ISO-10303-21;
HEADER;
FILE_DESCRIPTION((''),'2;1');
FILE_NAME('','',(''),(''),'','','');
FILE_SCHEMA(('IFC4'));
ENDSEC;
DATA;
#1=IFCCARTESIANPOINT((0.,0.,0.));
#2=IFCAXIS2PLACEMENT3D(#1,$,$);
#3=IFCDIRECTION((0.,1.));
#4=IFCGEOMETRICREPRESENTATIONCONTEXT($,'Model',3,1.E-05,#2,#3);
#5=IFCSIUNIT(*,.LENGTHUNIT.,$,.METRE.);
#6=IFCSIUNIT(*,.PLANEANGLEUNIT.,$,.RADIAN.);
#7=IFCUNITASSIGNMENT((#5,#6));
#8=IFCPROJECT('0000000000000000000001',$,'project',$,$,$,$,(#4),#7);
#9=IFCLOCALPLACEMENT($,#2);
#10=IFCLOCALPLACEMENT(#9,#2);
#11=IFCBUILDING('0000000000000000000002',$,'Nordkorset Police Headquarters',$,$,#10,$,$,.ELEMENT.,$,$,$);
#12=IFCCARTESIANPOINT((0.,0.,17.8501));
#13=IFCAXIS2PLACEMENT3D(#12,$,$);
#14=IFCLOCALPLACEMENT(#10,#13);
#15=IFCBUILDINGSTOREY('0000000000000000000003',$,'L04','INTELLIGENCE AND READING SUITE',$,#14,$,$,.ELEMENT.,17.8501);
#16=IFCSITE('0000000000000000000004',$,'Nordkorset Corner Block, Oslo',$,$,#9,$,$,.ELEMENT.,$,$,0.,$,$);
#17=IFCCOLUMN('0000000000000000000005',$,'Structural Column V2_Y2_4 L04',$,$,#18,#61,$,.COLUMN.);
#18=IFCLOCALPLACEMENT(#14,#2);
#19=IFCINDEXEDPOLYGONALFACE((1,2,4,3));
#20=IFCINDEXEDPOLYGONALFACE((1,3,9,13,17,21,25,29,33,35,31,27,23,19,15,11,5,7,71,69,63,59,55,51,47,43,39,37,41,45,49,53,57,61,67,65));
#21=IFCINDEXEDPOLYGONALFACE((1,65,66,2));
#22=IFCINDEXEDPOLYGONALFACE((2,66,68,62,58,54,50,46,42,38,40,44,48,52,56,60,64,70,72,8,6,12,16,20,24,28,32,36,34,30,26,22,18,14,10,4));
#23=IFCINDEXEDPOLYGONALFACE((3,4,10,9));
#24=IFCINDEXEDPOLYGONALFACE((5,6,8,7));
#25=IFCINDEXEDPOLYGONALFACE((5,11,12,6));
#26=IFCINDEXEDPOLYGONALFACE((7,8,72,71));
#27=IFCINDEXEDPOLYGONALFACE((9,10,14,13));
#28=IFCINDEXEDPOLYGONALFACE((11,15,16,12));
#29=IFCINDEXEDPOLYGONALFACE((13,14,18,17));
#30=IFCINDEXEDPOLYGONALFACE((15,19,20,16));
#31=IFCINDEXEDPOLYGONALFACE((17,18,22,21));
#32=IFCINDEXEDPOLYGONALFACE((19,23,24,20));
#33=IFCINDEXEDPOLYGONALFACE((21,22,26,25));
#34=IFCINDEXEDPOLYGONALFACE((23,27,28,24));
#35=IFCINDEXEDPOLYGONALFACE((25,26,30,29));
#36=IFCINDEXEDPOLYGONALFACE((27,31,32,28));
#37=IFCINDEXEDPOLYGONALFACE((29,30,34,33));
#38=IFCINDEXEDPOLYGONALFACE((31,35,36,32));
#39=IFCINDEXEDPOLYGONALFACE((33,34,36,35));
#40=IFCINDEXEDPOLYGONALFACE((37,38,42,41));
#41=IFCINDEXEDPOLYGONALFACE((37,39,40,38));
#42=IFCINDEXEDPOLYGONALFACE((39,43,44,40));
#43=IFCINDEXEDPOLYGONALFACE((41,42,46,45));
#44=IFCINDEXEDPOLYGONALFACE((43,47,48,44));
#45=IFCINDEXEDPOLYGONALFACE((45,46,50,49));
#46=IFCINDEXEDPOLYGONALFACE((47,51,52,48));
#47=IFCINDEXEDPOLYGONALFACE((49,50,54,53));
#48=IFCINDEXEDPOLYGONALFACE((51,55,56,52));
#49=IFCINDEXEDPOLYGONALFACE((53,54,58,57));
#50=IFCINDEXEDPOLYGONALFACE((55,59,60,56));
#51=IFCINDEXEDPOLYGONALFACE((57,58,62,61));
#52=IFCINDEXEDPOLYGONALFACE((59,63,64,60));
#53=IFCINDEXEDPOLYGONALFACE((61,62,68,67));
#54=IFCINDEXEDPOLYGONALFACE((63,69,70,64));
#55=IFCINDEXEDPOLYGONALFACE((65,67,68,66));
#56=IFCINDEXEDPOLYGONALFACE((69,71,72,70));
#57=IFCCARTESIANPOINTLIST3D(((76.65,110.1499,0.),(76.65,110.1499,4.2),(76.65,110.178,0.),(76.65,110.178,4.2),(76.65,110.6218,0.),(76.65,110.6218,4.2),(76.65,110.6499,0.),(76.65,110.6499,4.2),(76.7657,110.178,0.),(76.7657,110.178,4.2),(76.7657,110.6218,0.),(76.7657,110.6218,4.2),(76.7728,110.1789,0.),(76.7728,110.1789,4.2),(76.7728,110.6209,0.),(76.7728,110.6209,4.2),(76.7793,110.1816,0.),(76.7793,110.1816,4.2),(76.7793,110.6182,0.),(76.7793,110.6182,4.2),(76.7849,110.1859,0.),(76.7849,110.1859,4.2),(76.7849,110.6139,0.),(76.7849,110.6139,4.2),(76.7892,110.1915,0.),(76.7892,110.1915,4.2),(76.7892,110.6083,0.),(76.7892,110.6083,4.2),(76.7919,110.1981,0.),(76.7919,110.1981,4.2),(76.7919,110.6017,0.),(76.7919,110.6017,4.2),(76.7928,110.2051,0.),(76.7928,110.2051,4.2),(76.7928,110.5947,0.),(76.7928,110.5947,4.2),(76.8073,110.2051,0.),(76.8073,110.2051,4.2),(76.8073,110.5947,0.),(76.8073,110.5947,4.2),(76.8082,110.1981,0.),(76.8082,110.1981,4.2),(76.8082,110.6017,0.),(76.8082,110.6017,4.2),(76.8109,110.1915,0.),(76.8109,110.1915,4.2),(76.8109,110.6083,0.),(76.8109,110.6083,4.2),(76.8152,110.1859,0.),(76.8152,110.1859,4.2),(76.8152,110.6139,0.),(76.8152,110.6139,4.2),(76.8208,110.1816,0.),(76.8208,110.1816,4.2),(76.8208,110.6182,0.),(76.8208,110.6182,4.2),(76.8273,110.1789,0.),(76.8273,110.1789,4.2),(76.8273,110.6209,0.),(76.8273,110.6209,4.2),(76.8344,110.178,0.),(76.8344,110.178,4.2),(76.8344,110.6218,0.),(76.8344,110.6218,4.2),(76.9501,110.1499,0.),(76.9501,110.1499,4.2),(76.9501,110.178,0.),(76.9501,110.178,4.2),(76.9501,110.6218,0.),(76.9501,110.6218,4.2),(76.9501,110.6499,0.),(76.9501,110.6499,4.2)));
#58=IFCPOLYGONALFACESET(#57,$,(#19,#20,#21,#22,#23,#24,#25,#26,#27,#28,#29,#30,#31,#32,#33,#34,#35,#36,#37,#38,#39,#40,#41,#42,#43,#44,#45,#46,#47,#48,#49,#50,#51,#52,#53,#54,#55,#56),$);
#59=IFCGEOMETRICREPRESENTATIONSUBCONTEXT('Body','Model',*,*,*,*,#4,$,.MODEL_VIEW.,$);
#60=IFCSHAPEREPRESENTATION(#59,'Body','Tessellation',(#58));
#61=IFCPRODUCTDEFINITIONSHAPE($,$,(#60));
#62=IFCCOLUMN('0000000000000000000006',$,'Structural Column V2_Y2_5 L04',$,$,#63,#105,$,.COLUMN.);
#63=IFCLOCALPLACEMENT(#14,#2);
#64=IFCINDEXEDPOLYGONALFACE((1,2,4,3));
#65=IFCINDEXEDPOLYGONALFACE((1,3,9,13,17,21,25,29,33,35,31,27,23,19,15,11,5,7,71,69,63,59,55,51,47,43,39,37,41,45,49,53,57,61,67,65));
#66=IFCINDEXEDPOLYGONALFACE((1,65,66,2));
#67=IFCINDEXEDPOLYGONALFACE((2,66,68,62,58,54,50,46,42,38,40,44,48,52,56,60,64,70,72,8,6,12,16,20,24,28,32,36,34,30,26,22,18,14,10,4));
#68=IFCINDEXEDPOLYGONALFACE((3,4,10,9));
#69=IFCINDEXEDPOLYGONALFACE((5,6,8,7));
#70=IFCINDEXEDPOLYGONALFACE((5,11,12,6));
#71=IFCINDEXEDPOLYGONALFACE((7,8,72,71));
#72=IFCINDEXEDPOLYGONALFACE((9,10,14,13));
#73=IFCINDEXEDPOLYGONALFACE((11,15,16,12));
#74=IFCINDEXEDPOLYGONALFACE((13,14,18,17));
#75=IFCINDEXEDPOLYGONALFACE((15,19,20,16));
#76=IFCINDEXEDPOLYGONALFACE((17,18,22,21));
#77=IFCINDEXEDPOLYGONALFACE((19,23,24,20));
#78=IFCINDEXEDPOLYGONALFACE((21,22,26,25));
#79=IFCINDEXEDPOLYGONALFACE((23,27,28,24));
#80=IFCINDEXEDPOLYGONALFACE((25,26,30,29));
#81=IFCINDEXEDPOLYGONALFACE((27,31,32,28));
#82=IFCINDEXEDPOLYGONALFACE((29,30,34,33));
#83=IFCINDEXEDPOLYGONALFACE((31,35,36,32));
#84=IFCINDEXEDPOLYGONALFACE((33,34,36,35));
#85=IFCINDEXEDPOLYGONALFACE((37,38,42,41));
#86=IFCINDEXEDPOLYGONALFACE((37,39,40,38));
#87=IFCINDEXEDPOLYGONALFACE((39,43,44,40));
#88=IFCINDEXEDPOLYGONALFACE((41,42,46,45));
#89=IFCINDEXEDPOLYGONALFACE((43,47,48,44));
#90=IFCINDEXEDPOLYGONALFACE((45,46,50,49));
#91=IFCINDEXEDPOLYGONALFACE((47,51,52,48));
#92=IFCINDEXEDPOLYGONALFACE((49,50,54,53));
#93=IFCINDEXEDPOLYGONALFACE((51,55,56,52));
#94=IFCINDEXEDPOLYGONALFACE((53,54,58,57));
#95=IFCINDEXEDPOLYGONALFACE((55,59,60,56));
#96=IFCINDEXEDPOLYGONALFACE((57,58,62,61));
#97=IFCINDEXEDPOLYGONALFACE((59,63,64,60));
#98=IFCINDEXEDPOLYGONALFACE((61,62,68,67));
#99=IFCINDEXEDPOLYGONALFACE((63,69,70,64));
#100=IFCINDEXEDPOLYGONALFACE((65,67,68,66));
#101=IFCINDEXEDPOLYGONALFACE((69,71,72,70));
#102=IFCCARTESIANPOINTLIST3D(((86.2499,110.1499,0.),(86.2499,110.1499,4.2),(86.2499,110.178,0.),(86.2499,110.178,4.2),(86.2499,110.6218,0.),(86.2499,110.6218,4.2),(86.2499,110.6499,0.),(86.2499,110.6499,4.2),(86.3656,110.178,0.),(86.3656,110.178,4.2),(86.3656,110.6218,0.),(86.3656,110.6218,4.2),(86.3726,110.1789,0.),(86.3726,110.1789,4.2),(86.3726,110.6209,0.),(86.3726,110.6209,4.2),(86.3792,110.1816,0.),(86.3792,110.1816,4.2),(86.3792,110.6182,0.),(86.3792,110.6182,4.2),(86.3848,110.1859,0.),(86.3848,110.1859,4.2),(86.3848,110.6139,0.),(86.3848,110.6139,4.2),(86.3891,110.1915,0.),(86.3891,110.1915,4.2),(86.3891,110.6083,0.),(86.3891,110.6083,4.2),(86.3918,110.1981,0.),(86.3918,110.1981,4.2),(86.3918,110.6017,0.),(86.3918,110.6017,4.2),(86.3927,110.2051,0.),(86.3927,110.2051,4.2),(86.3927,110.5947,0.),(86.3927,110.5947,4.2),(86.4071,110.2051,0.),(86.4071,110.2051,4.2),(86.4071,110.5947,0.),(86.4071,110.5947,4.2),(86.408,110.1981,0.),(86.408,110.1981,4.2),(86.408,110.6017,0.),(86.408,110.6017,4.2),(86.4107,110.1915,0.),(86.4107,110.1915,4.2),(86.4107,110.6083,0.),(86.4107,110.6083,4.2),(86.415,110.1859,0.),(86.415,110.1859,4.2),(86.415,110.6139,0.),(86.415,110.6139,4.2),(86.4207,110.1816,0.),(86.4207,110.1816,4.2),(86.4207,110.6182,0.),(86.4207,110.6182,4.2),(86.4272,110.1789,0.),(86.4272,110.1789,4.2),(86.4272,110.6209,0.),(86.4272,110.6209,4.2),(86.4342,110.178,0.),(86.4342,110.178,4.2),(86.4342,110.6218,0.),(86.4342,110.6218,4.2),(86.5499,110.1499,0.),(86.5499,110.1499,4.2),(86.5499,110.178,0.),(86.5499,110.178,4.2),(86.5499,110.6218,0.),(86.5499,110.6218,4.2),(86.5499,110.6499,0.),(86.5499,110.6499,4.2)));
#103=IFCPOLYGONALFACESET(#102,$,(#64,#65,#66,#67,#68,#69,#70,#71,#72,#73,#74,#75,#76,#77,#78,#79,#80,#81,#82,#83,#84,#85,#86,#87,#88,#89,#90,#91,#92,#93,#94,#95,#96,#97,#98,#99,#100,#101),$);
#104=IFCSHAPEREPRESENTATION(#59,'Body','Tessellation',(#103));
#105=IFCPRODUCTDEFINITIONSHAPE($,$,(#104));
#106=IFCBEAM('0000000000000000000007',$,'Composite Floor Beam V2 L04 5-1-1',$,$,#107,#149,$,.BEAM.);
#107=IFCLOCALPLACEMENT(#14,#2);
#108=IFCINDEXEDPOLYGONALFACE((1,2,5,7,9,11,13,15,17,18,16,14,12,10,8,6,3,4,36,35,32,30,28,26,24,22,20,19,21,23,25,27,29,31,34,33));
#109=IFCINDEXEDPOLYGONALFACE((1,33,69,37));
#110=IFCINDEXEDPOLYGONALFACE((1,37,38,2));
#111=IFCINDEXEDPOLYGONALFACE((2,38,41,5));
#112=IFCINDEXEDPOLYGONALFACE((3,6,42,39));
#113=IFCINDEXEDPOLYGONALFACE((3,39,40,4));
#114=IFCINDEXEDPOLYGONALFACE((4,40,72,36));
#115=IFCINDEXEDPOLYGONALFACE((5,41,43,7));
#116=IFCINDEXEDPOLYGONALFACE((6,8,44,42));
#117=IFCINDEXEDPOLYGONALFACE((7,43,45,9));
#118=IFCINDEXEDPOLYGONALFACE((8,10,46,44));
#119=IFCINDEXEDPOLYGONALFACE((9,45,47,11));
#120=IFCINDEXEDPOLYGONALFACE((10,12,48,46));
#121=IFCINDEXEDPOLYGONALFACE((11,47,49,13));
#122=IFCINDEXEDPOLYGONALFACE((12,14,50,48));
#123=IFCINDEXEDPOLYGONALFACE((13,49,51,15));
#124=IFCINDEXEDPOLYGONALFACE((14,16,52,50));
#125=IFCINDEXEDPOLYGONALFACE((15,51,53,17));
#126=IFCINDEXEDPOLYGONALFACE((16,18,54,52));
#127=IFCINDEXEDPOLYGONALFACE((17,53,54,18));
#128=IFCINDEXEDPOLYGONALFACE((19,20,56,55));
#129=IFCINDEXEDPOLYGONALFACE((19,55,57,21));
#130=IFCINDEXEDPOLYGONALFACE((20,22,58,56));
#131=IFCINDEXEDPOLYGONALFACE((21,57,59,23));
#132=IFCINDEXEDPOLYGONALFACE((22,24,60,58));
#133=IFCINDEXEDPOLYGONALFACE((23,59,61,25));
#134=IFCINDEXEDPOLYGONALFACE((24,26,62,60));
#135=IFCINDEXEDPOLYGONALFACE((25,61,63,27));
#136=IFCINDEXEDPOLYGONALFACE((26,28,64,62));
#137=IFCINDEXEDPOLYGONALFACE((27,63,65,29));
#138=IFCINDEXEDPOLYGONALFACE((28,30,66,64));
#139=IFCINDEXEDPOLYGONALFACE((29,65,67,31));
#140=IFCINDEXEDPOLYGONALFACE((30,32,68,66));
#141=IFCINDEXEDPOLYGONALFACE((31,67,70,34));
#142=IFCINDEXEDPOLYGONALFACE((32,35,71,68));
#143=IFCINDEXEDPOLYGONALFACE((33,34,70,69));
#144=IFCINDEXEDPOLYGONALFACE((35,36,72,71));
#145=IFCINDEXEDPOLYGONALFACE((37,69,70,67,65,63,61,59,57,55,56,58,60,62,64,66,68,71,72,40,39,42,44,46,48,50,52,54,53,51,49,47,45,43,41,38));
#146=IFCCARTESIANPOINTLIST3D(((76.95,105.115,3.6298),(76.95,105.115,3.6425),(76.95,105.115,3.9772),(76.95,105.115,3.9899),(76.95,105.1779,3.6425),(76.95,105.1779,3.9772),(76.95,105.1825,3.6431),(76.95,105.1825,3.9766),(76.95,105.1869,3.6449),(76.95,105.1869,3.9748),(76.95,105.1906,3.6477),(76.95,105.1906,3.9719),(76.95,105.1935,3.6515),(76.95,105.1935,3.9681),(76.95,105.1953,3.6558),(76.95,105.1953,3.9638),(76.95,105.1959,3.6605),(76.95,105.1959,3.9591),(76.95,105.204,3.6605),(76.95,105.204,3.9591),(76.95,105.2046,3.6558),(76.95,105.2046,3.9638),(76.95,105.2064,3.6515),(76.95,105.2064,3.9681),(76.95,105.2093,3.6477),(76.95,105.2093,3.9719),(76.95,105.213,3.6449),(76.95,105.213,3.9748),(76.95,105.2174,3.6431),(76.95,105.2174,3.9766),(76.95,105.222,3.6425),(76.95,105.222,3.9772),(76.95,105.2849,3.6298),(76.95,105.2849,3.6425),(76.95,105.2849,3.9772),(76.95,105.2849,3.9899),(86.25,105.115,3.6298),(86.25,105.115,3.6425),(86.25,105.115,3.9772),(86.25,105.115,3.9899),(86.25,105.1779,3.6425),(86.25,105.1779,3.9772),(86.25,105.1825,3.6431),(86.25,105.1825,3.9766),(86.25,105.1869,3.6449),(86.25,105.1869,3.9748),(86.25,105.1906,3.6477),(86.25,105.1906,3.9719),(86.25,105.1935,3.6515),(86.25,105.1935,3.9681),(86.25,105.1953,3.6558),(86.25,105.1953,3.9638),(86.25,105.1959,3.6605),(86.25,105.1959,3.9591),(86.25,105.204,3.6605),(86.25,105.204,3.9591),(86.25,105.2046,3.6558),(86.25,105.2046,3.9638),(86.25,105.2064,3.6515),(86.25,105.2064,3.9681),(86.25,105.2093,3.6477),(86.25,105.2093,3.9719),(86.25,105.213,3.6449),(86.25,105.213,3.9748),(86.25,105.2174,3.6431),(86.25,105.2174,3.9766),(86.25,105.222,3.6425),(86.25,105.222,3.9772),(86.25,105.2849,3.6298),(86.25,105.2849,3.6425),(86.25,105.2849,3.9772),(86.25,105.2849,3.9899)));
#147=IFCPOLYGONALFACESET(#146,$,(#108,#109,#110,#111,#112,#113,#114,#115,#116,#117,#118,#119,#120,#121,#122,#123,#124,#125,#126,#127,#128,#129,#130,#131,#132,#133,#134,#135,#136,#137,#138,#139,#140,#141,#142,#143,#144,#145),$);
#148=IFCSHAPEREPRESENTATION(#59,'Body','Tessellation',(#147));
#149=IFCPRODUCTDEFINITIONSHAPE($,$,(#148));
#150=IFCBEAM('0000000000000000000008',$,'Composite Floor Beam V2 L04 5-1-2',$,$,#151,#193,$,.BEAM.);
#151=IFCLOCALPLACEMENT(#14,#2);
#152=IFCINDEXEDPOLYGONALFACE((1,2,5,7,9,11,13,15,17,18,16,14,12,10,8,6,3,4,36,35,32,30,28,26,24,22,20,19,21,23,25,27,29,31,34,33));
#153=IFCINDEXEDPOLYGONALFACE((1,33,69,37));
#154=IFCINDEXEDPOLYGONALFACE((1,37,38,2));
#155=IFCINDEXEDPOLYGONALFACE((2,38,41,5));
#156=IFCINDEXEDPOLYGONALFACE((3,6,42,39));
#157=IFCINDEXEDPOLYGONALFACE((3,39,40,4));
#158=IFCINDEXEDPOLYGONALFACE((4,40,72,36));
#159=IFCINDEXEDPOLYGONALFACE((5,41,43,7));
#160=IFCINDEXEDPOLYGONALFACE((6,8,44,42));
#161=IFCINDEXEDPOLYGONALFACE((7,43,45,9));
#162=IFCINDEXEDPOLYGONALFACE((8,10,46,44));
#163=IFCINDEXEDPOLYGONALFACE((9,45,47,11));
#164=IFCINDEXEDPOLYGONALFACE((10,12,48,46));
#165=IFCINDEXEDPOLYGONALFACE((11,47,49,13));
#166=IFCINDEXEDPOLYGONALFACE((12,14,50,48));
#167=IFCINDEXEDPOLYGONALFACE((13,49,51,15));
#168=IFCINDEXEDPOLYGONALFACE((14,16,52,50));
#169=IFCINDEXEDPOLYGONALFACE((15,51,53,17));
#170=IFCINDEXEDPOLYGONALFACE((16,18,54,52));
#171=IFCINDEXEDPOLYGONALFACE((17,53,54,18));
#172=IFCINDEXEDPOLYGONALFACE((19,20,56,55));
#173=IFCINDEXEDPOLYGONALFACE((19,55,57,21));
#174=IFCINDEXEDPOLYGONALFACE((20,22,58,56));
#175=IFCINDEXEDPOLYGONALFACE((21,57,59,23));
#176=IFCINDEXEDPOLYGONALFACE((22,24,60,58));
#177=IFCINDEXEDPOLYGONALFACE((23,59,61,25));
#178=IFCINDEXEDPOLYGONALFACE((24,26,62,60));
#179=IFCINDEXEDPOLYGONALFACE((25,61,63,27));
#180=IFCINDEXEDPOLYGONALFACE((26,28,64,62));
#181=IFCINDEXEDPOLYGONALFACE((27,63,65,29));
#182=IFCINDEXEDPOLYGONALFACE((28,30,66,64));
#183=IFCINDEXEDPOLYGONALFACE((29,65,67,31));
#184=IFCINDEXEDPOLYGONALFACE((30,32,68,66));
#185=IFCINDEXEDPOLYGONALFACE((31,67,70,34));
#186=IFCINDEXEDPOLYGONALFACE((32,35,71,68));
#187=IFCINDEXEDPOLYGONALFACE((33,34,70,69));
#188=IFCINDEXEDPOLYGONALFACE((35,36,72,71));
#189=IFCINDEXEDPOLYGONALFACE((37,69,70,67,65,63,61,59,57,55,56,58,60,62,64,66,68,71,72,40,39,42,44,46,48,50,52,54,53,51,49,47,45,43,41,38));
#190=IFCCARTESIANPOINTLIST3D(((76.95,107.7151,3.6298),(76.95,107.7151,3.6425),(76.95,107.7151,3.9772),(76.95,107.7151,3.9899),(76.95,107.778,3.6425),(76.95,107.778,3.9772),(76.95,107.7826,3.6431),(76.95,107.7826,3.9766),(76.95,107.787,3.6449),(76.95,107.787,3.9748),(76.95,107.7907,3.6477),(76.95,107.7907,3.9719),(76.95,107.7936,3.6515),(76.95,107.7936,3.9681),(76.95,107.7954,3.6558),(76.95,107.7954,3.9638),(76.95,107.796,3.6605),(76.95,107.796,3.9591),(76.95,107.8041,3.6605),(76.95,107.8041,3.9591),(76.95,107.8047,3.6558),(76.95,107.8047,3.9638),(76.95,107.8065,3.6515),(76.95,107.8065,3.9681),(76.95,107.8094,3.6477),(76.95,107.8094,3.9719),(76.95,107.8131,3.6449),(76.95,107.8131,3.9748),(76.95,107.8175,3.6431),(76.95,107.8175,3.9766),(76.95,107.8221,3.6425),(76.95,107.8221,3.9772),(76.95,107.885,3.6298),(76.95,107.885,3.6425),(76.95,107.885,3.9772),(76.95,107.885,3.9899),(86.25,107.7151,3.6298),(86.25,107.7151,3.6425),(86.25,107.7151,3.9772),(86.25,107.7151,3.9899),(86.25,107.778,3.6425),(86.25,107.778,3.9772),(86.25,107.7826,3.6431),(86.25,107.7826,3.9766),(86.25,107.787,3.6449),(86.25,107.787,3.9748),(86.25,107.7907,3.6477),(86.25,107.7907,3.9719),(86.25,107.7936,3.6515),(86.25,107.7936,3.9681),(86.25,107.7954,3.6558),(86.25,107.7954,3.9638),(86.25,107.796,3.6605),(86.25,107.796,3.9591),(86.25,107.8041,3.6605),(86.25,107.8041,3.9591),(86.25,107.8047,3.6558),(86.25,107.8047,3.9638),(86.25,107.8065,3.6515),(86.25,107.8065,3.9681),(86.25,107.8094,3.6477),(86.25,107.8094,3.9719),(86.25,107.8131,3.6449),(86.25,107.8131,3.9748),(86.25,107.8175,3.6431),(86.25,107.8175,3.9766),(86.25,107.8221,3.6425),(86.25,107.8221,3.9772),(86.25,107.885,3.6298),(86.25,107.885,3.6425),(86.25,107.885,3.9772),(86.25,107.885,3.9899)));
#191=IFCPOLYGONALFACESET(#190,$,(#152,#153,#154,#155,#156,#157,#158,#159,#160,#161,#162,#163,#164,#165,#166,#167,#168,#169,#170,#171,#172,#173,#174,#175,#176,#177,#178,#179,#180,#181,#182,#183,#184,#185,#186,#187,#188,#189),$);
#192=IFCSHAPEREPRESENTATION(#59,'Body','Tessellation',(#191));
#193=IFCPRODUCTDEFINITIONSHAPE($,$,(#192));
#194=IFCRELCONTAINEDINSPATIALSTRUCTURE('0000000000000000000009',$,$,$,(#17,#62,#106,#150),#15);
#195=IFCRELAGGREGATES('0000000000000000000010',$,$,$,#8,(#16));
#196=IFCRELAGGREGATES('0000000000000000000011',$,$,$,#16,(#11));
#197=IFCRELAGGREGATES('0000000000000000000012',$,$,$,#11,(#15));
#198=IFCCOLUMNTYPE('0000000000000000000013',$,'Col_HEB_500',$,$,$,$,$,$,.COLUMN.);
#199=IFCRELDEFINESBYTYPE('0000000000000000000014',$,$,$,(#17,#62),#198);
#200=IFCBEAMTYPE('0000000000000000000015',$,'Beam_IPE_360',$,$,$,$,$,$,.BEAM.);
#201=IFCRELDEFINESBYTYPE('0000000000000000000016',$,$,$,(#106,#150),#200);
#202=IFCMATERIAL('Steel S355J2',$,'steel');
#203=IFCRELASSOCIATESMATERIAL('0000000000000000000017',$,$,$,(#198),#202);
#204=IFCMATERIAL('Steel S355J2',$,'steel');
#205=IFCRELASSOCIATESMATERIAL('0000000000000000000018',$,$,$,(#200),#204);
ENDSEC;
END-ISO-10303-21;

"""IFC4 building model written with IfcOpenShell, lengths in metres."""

from ifc_helpers import new_model, si_unit, direction, frame, origin, origin_2d, place, context, subcontext, project, spatial, i_section, extrude, material, material_profile, profile_set, type_object, element, save


model = new_model("IFC4")

# Units and contexts
model_context = context("Model", 3, precision=1e-05, world=origin(), true_north=direction((0.0, 1.0)))
body_context = subcontext(model_context, "Body", "Model", "MODEL_VIEW")
ifc_project = project(units=[si_unit("LENGTHUNIT", "METRE"), si_unit("PLANEANGLEUNIT", "RADIAN")], contexts=[model_context])

# Site, building, storey
site_placement = place(None, origin())
site = spatial("IfcSite", under=ifc_project, at=site_placement, Name="Nordkorset Corner Block, Oslo", CompositionType="ELEMENT", RefElevation=0.0)
building_placement = place(site_placement, origin())
building = spatial("IfcBuilding", under=site, at=building_placement, Name="Nordkorset Police Headquarters", CompositionType="ELEMENT")
storey_placement = place(building_placement, frame((0.0, 0.0, 17.8501)))
storey = spatial("IfcBuildingStorey", under=building, at=storey_placement, Name="L04", Description="INTELLIGENCE AND READING SUITE", CompositionType="ELEMENT", Elevation=17.8501)

# Columns
ifc_material_1 = material(Name="Steel S355J2", Category="steel")
ifc_material_profile_1 = material_profile(ifc_material_1, i_section(OverallWidth=0.3, OverallDepth=0.5, WebThickness=0.0144, FlangeThickness=0.0281, FilletRadius=0.0271, at=origin_2d()), Name="HEB 500")
ifc_profile_set_1 = profile_set([ifc_material_profile_1], Name="Steel S355J2")
column_type = type_object("IfcColumnType", Name="Col_HEB_500", PredefinedType="COLUMN", material=ifc_profile_set_1)
for number, where, z_axis, x_axis, name in (
    (1, (76.8, 110.3999, 0.0), (0.0, 0.0, 1.0), (1.0, 0.0, 0.0), "Structural Column V2_Y2_4 L04"),
    (2, (86.3999, 110.3999, 0.0), (0.0, 0.0, 1.0), (1.0, 0.0, 0.0), "Structural Column V2_Y2_5 L04"),
):
    element("IfcColumn", number, at=place(storey_placement, frame(where, z_axis=z_axis, x_axis=x_axis)), inside=storey, type_object=column_type, Name=name, PredefinedType="COLUMN", context=body_context, shape_type="SweptSolid", body=[
        extrude(i_section(OverallWidth=0.3, OverallDepth=0.5, WebThickness=0.0144, FlangeThickness=0.0281, FilletRadius=0.0271, at=origin_2d()), origin(), (0.0, 0.0, 1.0), 4.2),
    ])

# Beams
ifc_material_2 = material(Name="Steel S355J2", Category="steel")
ifc_material_profile_2 = material_profile(ifc_material_2, i_section(OverallWidth=0.1699, OverallDepth=0.3601, WebThickness=0.0081, FlangeThickness=0.0127, FilletRadius=0.0181, at=origin_2d()), Name="IPE 360")
ifc_profile_set_2 = profile_set([ifc_material_profile_2], Name="Steel S355J2")
beam_type_1 = type_object("IfcBeamType", Name="Beam_IPE_360", PredefinedType="BEAM", material=ifc_profile_set_2)
for number, where, z_axis, x_axis, name in (
    (3, (76.95, 105.2, 3.8098), (1.0, 0.0, 0.0), (0.0, 1.0, 0.0), "Composite Floor Beam V2 L04 5-1-1"),
    (4, (76.95, 107.8, 3.8098), (1.0, 0.0, 0.0), (0.0, 1.0, 0.0), "Composite Floor Beam V2 L04 5-1-2"),
):
    element("IfcBeam", number, at=place(storey_placement, frame(where, z_axis=z_axis, x_axis=x_axis)), inside=storey, type_object=beam_type_1, Name=name, PredefinedType="BEAM", context=body_context, shape_type="SweptSolid", body=[
        extrude(i_section(OverallWidth=0.1699, OverallDepth=0.3601, WebThickness=0.0081, FlangeThickness=0.0127, FilletRadius=0.0181, at=origin_2d()), origin(), (0.0, 0.0, 1.0), 9.3),
    ])

save(model, "model.ifc")
